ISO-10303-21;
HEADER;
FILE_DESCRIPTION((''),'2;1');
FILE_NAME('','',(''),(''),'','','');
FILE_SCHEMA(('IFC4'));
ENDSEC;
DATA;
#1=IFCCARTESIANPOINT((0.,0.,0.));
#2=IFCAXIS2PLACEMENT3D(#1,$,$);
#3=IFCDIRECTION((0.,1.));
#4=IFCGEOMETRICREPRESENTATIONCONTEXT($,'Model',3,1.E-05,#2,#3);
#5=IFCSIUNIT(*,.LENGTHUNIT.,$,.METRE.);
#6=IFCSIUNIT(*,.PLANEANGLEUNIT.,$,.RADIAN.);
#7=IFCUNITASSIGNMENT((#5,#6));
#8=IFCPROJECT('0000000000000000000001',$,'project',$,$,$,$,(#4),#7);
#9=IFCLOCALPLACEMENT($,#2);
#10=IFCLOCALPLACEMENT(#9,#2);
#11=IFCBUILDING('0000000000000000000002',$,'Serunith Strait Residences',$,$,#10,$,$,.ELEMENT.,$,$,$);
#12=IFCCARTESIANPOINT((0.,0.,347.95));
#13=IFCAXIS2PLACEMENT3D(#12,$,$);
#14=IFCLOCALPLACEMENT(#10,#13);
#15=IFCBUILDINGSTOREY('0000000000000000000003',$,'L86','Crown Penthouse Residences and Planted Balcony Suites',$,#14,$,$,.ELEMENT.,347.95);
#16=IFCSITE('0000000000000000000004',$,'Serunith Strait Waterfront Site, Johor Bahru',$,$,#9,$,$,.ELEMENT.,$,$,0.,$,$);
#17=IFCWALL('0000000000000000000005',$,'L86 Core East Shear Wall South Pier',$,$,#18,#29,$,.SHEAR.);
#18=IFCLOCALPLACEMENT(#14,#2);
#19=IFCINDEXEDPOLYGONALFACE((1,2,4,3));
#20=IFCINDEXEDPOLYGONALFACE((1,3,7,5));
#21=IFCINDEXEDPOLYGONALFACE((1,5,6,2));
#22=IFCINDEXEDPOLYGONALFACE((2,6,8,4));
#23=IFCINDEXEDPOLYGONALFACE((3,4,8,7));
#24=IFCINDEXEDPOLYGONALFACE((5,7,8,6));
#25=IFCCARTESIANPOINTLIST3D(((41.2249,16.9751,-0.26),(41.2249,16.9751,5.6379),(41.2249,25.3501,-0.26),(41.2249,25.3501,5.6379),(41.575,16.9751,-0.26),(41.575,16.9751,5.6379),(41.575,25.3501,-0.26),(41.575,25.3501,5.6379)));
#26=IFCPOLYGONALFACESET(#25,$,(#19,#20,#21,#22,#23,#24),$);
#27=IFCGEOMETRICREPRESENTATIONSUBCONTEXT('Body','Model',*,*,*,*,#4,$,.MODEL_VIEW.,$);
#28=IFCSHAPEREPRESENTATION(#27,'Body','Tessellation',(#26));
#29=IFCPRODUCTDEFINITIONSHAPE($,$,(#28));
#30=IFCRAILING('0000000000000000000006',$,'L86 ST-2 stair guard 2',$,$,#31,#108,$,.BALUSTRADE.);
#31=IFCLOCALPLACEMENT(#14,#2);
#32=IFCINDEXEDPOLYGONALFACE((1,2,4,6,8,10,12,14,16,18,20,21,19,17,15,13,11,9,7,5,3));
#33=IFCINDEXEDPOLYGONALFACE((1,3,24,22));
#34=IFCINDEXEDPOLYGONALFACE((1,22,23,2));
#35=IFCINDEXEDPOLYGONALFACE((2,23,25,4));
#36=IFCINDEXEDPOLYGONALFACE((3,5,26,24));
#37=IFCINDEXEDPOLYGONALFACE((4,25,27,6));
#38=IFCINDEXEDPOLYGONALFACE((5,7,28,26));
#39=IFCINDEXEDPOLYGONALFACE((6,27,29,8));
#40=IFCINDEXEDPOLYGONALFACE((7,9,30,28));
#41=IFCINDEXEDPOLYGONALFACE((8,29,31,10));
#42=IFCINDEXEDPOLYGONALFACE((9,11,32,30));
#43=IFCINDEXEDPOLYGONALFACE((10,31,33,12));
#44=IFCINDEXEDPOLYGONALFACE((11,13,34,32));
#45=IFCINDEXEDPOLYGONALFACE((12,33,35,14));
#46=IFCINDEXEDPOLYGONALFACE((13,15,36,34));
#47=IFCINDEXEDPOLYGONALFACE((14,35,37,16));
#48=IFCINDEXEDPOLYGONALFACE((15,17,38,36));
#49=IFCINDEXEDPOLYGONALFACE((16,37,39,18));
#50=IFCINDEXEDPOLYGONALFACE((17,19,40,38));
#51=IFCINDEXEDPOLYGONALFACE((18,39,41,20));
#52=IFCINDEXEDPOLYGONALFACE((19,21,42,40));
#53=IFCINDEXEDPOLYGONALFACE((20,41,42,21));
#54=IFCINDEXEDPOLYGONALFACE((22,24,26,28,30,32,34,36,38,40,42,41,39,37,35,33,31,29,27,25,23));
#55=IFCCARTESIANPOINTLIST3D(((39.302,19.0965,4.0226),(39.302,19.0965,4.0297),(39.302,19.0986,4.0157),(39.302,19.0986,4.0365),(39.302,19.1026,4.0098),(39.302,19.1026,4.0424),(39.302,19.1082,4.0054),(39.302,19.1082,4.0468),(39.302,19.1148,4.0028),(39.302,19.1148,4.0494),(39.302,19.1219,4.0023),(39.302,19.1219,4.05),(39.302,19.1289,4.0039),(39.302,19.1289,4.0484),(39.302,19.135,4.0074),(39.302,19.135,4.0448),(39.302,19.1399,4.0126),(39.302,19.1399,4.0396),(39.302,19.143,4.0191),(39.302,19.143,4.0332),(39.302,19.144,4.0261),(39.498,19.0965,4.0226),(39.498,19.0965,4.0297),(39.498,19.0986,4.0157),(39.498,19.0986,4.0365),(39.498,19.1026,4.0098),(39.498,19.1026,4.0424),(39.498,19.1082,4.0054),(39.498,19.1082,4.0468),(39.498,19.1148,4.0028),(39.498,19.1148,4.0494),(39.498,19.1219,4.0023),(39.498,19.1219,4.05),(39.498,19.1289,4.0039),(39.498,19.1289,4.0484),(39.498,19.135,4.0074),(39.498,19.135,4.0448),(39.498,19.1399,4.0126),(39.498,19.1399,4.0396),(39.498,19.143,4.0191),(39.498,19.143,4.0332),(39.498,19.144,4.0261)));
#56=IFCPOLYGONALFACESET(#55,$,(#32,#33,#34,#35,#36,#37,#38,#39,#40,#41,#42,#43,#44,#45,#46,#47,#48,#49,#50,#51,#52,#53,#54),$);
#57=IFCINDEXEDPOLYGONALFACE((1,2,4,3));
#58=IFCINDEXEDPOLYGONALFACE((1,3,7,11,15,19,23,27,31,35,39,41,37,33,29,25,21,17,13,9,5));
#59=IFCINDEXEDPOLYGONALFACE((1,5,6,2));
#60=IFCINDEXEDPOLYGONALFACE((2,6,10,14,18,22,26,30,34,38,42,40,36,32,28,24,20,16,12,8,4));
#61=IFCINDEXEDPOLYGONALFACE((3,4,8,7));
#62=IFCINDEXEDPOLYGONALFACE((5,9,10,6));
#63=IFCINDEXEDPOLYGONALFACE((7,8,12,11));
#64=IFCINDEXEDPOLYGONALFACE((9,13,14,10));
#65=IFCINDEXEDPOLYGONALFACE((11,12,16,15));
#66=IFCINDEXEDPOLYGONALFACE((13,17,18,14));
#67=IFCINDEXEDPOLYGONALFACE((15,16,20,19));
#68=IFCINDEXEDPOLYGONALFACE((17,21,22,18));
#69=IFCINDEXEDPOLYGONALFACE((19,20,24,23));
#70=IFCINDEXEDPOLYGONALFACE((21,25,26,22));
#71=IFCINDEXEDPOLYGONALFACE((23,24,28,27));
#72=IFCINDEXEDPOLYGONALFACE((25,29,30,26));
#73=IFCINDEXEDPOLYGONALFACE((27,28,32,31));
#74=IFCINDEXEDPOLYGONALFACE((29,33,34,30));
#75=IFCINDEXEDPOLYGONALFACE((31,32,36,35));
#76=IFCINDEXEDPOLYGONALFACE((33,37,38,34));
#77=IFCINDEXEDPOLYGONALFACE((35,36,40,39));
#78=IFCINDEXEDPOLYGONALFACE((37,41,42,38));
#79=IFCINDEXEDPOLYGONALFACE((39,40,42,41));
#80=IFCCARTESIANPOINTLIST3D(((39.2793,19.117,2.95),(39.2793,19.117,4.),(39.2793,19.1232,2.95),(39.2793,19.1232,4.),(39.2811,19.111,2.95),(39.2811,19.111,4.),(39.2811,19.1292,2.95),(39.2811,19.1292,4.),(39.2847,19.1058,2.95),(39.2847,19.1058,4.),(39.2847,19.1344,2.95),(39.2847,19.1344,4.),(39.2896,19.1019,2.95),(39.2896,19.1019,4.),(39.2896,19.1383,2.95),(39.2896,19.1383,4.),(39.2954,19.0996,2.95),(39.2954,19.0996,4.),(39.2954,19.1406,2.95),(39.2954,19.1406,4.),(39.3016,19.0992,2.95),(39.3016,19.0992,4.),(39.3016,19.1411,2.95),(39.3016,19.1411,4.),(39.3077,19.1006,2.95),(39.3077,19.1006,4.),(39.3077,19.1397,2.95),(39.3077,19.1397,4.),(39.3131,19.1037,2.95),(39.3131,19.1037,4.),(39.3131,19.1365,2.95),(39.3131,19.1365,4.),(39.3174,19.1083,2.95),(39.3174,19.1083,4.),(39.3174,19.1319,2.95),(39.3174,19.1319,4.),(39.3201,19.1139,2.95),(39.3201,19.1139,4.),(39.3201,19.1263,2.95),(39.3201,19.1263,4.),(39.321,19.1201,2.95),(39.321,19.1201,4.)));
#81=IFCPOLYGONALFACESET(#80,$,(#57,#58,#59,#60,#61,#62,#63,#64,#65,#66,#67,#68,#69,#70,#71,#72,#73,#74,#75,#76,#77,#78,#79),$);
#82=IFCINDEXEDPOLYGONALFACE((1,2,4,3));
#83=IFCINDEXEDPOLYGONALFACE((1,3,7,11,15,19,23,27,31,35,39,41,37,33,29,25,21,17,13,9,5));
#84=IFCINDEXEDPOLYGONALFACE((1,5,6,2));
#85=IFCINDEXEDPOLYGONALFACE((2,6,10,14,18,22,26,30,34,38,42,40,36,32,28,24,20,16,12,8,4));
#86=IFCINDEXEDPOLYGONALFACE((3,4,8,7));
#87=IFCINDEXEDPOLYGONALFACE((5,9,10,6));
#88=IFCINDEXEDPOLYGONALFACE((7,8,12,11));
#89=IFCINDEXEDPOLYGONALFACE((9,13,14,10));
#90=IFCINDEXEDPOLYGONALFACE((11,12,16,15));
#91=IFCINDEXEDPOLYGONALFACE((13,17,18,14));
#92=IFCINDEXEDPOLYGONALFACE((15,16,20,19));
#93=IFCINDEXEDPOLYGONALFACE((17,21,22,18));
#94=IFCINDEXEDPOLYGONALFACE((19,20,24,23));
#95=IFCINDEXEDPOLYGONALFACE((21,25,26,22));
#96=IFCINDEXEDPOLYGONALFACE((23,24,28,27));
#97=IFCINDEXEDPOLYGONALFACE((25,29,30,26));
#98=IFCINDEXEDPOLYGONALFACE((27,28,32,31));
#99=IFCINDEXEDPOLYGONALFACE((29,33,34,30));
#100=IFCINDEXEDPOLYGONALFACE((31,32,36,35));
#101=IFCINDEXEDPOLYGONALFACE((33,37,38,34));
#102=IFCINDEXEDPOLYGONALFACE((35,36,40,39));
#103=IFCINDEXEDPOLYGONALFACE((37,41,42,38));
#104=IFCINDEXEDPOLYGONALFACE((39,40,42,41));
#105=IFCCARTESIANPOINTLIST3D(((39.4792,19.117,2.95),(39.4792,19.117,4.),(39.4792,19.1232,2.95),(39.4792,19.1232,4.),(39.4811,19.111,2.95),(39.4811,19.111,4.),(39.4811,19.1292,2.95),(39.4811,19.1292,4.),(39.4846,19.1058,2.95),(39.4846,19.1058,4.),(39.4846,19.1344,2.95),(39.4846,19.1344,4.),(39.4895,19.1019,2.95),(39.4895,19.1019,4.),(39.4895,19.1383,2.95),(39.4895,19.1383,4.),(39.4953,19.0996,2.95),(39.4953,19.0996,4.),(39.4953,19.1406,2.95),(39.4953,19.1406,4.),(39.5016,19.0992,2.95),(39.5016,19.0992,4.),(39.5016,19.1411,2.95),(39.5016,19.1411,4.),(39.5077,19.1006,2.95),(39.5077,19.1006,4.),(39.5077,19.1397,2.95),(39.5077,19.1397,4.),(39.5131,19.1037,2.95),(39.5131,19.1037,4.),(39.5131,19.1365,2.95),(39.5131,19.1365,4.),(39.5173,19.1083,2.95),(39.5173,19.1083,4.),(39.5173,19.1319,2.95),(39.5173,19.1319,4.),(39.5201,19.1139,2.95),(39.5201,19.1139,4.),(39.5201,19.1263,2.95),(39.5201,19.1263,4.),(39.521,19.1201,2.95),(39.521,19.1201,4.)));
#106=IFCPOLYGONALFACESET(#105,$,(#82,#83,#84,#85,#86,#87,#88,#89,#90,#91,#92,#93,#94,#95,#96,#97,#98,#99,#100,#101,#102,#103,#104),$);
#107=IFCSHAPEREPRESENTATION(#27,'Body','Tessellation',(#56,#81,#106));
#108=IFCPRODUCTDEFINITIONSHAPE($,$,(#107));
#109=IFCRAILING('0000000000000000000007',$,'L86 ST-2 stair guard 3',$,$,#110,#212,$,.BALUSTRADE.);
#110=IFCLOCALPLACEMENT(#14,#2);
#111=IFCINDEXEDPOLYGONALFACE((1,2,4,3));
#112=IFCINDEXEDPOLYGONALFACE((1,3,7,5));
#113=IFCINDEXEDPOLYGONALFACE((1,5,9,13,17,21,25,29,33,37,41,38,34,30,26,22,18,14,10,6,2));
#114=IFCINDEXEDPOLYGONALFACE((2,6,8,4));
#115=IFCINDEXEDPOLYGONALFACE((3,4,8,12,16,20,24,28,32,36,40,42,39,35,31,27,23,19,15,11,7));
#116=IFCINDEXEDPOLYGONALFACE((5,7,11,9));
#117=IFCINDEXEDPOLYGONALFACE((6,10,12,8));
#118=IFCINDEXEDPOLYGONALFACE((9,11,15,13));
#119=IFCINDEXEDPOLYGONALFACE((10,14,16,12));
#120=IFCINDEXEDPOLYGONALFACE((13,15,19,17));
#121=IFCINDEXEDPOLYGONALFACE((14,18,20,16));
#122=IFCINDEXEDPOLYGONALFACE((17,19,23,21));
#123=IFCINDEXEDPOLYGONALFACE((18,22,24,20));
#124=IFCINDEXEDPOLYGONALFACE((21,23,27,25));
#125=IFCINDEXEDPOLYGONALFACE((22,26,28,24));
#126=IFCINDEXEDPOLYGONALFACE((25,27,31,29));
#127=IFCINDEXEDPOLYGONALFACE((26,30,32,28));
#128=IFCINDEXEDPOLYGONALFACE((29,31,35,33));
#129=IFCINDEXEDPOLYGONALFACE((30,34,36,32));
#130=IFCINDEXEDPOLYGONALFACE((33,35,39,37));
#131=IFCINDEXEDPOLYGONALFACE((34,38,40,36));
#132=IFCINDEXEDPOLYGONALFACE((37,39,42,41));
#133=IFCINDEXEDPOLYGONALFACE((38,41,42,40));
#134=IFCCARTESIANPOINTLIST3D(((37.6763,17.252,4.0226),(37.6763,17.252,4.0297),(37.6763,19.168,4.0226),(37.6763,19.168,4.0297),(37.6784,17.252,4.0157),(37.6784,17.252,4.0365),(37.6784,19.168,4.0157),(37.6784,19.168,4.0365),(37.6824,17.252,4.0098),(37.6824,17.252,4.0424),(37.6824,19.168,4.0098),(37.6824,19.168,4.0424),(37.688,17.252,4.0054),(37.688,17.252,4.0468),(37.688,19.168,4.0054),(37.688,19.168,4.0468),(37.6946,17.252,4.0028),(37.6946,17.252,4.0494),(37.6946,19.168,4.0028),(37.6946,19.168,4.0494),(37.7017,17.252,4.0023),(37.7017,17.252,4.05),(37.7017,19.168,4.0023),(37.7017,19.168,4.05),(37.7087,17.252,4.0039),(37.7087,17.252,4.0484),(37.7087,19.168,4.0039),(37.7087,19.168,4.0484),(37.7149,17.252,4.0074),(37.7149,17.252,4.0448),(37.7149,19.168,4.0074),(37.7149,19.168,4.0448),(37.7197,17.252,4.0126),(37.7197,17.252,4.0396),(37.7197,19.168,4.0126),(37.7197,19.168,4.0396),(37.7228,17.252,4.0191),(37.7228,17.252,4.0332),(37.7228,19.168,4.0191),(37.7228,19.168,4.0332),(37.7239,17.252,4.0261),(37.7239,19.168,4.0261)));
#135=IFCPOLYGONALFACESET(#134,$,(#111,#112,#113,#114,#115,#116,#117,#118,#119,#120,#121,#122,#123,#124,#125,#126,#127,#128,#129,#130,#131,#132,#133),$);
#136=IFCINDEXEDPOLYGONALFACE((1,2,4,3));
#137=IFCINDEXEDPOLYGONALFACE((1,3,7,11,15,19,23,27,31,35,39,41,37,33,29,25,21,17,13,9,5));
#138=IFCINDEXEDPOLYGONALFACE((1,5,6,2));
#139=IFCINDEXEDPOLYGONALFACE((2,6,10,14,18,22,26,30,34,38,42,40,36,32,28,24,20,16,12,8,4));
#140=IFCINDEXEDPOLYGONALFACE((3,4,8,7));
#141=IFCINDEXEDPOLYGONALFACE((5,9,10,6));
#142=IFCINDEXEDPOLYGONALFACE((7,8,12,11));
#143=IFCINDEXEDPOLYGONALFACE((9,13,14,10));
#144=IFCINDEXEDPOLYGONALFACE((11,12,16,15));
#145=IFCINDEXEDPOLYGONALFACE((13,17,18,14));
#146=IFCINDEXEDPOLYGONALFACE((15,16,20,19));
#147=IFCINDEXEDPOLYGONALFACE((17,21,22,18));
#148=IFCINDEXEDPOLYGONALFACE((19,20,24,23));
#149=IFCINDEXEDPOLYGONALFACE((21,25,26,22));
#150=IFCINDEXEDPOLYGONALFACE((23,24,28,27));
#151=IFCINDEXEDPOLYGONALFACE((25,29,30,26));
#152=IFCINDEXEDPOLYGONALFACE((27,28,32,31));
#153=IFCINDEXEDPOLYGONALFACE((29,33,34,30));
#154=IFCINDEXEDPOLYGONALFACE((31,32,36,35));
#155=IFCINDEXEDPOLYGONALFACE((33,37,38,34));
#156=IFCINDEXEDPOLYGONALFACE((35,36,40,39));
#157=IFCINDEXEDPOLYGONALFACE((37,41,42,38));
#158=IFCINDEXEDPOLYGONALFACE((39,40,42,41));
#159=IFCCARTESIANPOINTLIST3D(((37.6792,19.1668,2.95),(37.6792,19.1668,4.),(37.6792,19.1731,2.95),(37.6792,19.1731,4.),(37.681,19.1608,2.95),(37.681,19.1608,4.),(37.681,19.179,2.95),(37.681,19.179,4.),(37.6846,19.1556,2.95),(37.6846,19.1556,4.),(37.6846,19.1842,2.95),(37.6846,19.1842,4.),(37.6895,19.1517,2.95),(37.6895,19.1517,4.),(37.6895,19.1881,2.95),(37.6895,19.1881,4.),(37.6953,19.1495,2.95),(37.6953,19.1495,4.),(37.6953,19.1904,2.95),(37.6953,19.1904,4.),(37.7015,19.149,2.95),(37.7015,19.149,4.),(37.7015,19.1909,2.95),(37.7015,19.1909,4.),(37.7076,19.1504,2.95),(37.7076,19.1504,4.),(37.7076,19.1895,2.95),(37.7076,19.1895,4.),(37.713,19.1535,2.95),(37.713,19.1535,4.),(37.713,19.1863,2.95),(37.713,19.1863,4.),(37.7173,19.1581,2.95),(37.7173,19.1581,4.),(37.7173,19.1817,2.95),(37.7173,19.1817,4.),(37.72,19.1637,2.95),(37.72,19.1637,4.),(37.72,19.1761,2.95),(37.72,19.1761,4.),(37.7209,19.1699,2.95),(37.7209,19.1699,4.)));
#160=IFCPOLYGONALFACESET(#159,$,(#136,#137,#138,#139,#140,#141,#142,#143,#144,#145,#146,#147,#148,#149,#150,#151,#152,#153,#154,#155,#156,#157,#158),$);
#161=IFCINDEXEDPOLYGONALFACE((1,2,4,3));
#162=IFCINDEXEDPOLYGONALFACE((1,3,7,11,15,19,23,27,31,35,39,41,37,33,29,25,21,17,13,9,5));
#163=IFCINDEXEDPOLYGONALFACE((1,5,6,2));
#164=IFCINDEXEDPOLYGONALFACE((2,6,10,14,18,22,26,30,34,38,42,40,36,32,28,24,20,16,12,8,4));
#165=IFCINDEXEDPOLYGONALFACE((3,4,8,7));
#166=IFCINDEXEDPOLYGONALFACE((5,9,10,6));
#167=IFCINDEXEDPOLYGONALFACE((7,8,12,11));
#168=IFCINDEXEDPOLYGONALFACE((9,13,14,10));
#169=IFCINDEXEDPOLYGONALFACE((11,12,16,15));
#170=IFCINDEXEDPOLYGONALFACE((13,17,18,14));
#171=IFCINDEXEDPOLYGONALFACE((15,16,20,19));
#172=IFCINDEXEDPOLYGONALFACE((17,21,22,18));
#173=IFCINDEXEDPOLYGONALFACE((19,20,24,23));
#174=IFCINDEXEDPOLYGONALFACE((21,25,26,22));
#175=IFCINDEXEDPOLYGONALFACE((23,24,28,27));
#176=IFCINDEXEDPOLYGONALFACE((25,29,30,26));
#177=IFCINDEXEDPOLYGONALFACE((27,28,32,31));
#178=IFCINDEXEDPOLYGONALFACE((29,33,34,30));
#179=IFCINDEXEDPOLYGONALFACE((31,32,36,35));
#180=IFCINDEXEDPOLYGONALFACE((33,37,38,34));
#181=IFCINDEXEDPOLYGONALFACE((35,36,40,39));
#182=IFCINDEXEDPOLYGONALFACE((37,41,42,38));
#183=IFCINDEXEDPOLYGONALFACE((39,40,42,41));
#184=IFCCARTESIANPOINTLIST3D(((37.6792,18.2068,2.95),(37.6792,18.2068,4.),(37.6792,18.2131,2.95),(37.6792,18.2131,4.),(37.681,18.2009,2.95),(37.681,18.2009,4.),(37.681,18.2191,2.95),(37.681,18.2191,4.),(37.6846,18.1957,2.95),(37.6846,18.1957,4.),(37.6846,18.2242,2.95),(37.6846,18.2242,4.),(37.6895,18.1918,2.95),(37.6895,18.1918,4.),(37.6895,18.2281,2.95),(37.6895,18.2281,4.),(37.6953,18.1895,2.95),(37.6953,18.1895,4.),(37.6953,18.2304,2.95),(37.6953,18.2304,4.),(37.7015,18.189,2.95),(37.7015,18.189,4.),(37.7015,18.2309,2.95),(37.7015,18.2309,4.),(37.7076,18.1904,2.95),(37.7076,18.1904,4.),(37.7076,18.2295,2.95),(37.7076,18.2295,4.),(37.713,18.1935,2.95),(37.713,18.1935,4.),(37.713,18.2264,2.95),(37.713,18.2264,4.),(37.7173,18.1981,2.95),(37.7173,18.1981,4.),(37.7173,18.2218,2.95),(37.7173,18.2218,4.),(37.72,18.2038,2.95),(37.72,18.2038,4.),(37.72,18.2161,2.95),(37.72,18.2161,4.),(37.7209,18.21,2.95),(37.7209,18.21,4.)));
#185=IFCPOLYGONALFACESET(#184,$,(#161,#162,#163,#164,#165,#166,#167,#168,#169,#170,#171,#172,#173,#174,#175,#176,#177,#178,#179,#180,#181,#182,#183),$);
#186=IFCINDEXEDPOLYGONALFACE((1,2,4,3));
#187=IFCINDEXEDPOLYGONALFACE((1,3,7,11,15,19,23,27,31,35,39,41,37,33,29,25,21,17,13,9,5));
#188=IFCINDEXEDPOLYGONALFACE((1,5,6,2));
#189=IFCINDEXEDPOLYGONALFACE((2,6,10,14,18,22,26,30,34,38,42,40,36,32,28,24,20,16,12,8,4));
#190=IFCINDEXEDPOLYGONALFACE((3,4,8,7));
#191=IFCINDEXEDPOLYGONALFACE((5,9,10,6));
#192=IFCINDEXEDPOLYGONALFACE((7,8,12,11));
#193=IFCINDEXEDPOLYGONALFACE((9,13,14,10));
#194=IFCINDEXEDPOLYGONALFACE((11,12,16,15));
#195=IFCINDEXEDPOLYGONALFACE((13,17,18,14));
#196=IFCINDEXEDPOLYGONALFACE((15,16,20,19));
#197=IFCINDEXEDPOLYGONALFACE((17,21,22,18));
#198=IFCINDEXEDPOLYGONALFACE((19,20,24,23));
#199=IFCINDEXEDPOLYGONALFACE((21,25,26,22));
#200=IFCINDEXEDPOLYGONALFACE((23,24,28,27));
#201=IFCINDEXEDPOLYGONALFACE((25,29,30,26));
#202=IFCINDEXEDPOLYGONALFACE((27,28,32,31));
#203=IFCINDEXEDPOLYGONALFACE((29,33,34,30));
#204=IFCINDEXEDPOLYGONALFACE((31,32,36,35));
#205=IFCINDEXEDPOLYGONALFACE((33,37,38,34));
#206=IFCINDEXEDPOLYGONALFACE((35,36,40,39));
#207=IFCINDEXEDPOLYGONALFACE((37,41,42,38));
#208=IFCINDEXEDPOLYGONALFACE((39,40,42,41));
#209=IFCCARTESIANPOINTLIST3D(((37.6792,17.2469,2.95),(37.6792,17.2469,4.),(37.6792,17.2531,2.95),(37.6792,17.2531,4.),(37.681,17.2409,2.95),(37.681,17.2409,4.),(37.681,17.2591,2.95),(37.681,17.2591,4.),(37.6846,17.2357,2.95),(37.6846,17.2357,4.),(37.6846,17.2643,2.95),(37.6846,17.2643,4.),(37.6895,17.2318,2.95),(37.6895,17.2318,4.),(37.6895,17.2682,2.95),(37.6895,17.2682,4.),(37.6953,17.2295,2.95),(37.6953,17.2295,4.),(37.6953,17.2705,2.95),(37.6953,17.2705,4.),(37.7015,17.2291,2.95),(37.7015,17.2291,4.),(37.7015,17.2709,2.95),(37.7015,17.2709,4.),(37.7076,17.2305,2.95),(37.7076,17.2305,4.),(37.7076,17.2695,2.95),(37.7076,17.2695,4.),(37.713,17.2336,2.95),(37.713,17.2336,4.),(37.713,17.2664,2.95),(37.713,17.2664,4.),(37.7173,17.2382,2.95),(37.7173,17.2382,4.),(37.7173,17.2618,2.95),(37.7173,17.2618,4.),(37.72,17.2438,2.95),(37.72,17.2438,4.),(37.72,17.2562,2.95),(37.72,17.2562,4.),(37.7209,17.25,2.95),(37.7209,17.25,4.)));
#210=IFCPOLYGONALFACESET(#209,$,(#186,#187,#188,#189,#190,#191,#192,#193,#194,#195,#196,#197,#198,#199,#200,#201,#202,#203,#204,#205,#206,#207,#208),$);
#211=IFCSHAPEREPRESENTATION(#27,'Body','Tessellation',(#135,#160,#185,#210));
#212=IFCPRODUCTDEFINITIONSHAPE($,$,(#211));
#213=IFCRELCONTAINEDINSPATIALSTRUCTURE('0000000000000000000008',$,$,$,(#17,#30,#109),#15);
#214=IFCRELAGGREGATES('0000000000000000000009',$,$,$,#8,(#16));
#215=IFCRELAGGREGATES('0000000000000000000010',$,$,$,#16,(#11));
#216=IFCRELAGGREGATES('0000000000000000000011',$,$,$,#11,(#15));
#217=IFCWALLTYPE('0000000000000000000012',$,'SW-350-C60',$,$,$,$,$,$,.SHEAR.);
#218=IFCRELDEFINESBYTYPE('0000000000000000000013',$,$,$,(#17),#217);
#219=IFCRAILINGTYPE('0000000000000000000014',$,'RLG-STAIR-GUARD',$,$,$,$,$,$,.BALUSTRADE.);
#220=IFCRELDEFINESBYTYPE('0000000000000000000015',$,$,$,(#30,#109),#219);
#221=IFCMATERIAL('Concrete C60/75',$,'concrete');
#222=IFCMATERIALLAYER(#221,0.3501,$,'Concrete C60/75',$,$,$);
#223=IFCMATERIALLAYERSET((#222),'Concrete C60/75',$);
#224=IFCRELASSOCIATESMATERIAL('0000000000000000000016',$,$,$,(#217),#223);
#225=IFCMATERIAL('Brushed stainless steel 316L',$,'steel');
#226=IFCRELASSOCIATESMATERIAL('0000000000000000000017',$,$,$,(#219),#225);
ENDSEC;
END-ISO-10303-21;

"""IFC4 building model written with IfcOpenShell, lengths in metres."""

from ifc_helpers import new_model, si_unit, direction, frame, frame_2d, origin, origin_2d, place, context, subcontext, project, spatial, rectangle, circle, extrude, material, layer, layer_set, type_object, element, save


model = new_model("IFC4")

# Units and contexts
model_context = context("Model", 3, precision=1e-05, world=origin(), true_north=direction((0.0, 1.0)))
body_context = subcontext(model_context, "Body", "Model", "MODEL_VIEW")
ifc_project = project(units=[si_unit("LENGTHUNIT", "METRE"), si_unit("PLANEANGLEUNIT", "RADIAN")], contexts=[model_context])

# Site, building, storey
site_placement = place(None, origin())
site = spatial("IfcSite", under=ifc_project, at=site_placement, Name="Serunith Strait Waterfront Site, Johor Bahru", CompositionType="ELEMENT", RefElevation=0.0)
building_placement = place(site_placement, origin())
building = spatial("IfcBuilding", under=site, at=building_placement, Name="Serunith Strait Residences", CompositionType="ELEMENT")
storey_placement = place(building_placement, frame((0.0, 0.0, 347.95)))
storey = spatial("IfcBuildingStorey", under=building, at=storey_placement, Name="L86", Description="Crown Penthouse Residences and Planted Balcony Suites", CompositionType="ELEMENT", Elevation=347.95)

# Shared definitions
ifc_material_1 = material(Name="Concrete C60/75", Category="concrete")

# Wall
ifc_layer_1 = layer(ifc_material_1, 0.3501, Name="Concrete C60/75")
ifc_layer_set_1 = layer_set([ifc_layer_1], Name="Concrete C60/75")
wall_type_1 = type_object("IfcWallType", Name="SW-350-C60", PredefinedType="SHEAR", material=ifc_layer_set_1)
wall_1_placement = place(storey_placement, frame((41.3999, 16.9751, -0.26), z_axis=(0.0, 0.0, 1.0), x_axis=(0.0, 1.0, 0.0)))
element("IfcWall", 1, at=wall_1_placement, inside=storey, type_object=wall_type_1, Name="L86 Core East Shear Wall South Pier", PredefinedType="SHEAR", context=body_context, shape_type="SweptSolid", body=[
    extrude(rectangle(XDim=8.375, YDim=0.3501, at=frame_2d((4.1875, 0.0))), origin(), (0.0, 0.0, 1.0), 5.8979),
])

# Railings
ifc_material_2 = material(Name="Brushed stainless steel 316L", Category="steel")
railing_type_1 = type_object("IfcRailingType", Name="RLG-STAIR-GUARD", PredefinedType="BALUSTRADE", material=ifc_material_2)
railing_1_placement = place(storey_placement, frame((39.3, 19.1201, 2.95)))
element("IfcRailing", 2, at=railing_1_placement, inside=storey, type_object=railing_type_1, Name="L86 ST-2 stair guard 2", PredefinedType="BALUSTRADE", context=body_context, shape_type="SweptSolid", body=[
    extrude(circle(Radius=0.0239, at=origin_2d()), frame((0.002, 0.0, 1.0762), z_axis=(1.0, 0.0, 0.0), x_axis=(0.0, 1.0, 0.0)), (0.0, 0.0, 1.0), 0.196),
    extrude(circle(Radius=0.021, at=origin_2d()), origin(), (0.0, 0.0, 1.0), 1.05),
    extrude(circle(Radius=0.021, at=origin_2d()), frame((0.2, 0.0, 0.0)), (0.0, 0.0, 1.0), 1.05),
])
for number, where, name in (
    (3, (37.7, 19.1699, 2.95), "L86 ST-2 stair guard 3"),
):
    element("IfcRailing", number, at=place(storey_placement, frame(where)), inside=storey, type_object=railing_type_1, Name=name, PredefinedType="BALUSTRADE", context=body_context, shape_type="SweptSolid", body=[
        extrude(circle(Radius=0.0239, at=origin_2d()), frame((0.0, -0.002, 1.0762), z_axis=(0.0, -1.0, 0.0), x_axis=(1.0, 0.0, 0.0)), (0.0, 0.0, 1.0), 1.916),
        extrude(circle(Radius=0.021, at=origin_2d()), origin(), (0.0, 0.0, 1.0), 1.05),
        extrude(circle(Radius=0.021, at=origin_2d()), frame((0.0, -0.96, 0.0)), (0.0, 0.0, 1.0), 1.05),
        extrude(circle(Radius=0.021, at=origin_2d()), frame((0.0, -1.9199, 0.0)), (0.0, 0.0, 1.0), 1.05),
    ])

save(model, "model.ifc")
